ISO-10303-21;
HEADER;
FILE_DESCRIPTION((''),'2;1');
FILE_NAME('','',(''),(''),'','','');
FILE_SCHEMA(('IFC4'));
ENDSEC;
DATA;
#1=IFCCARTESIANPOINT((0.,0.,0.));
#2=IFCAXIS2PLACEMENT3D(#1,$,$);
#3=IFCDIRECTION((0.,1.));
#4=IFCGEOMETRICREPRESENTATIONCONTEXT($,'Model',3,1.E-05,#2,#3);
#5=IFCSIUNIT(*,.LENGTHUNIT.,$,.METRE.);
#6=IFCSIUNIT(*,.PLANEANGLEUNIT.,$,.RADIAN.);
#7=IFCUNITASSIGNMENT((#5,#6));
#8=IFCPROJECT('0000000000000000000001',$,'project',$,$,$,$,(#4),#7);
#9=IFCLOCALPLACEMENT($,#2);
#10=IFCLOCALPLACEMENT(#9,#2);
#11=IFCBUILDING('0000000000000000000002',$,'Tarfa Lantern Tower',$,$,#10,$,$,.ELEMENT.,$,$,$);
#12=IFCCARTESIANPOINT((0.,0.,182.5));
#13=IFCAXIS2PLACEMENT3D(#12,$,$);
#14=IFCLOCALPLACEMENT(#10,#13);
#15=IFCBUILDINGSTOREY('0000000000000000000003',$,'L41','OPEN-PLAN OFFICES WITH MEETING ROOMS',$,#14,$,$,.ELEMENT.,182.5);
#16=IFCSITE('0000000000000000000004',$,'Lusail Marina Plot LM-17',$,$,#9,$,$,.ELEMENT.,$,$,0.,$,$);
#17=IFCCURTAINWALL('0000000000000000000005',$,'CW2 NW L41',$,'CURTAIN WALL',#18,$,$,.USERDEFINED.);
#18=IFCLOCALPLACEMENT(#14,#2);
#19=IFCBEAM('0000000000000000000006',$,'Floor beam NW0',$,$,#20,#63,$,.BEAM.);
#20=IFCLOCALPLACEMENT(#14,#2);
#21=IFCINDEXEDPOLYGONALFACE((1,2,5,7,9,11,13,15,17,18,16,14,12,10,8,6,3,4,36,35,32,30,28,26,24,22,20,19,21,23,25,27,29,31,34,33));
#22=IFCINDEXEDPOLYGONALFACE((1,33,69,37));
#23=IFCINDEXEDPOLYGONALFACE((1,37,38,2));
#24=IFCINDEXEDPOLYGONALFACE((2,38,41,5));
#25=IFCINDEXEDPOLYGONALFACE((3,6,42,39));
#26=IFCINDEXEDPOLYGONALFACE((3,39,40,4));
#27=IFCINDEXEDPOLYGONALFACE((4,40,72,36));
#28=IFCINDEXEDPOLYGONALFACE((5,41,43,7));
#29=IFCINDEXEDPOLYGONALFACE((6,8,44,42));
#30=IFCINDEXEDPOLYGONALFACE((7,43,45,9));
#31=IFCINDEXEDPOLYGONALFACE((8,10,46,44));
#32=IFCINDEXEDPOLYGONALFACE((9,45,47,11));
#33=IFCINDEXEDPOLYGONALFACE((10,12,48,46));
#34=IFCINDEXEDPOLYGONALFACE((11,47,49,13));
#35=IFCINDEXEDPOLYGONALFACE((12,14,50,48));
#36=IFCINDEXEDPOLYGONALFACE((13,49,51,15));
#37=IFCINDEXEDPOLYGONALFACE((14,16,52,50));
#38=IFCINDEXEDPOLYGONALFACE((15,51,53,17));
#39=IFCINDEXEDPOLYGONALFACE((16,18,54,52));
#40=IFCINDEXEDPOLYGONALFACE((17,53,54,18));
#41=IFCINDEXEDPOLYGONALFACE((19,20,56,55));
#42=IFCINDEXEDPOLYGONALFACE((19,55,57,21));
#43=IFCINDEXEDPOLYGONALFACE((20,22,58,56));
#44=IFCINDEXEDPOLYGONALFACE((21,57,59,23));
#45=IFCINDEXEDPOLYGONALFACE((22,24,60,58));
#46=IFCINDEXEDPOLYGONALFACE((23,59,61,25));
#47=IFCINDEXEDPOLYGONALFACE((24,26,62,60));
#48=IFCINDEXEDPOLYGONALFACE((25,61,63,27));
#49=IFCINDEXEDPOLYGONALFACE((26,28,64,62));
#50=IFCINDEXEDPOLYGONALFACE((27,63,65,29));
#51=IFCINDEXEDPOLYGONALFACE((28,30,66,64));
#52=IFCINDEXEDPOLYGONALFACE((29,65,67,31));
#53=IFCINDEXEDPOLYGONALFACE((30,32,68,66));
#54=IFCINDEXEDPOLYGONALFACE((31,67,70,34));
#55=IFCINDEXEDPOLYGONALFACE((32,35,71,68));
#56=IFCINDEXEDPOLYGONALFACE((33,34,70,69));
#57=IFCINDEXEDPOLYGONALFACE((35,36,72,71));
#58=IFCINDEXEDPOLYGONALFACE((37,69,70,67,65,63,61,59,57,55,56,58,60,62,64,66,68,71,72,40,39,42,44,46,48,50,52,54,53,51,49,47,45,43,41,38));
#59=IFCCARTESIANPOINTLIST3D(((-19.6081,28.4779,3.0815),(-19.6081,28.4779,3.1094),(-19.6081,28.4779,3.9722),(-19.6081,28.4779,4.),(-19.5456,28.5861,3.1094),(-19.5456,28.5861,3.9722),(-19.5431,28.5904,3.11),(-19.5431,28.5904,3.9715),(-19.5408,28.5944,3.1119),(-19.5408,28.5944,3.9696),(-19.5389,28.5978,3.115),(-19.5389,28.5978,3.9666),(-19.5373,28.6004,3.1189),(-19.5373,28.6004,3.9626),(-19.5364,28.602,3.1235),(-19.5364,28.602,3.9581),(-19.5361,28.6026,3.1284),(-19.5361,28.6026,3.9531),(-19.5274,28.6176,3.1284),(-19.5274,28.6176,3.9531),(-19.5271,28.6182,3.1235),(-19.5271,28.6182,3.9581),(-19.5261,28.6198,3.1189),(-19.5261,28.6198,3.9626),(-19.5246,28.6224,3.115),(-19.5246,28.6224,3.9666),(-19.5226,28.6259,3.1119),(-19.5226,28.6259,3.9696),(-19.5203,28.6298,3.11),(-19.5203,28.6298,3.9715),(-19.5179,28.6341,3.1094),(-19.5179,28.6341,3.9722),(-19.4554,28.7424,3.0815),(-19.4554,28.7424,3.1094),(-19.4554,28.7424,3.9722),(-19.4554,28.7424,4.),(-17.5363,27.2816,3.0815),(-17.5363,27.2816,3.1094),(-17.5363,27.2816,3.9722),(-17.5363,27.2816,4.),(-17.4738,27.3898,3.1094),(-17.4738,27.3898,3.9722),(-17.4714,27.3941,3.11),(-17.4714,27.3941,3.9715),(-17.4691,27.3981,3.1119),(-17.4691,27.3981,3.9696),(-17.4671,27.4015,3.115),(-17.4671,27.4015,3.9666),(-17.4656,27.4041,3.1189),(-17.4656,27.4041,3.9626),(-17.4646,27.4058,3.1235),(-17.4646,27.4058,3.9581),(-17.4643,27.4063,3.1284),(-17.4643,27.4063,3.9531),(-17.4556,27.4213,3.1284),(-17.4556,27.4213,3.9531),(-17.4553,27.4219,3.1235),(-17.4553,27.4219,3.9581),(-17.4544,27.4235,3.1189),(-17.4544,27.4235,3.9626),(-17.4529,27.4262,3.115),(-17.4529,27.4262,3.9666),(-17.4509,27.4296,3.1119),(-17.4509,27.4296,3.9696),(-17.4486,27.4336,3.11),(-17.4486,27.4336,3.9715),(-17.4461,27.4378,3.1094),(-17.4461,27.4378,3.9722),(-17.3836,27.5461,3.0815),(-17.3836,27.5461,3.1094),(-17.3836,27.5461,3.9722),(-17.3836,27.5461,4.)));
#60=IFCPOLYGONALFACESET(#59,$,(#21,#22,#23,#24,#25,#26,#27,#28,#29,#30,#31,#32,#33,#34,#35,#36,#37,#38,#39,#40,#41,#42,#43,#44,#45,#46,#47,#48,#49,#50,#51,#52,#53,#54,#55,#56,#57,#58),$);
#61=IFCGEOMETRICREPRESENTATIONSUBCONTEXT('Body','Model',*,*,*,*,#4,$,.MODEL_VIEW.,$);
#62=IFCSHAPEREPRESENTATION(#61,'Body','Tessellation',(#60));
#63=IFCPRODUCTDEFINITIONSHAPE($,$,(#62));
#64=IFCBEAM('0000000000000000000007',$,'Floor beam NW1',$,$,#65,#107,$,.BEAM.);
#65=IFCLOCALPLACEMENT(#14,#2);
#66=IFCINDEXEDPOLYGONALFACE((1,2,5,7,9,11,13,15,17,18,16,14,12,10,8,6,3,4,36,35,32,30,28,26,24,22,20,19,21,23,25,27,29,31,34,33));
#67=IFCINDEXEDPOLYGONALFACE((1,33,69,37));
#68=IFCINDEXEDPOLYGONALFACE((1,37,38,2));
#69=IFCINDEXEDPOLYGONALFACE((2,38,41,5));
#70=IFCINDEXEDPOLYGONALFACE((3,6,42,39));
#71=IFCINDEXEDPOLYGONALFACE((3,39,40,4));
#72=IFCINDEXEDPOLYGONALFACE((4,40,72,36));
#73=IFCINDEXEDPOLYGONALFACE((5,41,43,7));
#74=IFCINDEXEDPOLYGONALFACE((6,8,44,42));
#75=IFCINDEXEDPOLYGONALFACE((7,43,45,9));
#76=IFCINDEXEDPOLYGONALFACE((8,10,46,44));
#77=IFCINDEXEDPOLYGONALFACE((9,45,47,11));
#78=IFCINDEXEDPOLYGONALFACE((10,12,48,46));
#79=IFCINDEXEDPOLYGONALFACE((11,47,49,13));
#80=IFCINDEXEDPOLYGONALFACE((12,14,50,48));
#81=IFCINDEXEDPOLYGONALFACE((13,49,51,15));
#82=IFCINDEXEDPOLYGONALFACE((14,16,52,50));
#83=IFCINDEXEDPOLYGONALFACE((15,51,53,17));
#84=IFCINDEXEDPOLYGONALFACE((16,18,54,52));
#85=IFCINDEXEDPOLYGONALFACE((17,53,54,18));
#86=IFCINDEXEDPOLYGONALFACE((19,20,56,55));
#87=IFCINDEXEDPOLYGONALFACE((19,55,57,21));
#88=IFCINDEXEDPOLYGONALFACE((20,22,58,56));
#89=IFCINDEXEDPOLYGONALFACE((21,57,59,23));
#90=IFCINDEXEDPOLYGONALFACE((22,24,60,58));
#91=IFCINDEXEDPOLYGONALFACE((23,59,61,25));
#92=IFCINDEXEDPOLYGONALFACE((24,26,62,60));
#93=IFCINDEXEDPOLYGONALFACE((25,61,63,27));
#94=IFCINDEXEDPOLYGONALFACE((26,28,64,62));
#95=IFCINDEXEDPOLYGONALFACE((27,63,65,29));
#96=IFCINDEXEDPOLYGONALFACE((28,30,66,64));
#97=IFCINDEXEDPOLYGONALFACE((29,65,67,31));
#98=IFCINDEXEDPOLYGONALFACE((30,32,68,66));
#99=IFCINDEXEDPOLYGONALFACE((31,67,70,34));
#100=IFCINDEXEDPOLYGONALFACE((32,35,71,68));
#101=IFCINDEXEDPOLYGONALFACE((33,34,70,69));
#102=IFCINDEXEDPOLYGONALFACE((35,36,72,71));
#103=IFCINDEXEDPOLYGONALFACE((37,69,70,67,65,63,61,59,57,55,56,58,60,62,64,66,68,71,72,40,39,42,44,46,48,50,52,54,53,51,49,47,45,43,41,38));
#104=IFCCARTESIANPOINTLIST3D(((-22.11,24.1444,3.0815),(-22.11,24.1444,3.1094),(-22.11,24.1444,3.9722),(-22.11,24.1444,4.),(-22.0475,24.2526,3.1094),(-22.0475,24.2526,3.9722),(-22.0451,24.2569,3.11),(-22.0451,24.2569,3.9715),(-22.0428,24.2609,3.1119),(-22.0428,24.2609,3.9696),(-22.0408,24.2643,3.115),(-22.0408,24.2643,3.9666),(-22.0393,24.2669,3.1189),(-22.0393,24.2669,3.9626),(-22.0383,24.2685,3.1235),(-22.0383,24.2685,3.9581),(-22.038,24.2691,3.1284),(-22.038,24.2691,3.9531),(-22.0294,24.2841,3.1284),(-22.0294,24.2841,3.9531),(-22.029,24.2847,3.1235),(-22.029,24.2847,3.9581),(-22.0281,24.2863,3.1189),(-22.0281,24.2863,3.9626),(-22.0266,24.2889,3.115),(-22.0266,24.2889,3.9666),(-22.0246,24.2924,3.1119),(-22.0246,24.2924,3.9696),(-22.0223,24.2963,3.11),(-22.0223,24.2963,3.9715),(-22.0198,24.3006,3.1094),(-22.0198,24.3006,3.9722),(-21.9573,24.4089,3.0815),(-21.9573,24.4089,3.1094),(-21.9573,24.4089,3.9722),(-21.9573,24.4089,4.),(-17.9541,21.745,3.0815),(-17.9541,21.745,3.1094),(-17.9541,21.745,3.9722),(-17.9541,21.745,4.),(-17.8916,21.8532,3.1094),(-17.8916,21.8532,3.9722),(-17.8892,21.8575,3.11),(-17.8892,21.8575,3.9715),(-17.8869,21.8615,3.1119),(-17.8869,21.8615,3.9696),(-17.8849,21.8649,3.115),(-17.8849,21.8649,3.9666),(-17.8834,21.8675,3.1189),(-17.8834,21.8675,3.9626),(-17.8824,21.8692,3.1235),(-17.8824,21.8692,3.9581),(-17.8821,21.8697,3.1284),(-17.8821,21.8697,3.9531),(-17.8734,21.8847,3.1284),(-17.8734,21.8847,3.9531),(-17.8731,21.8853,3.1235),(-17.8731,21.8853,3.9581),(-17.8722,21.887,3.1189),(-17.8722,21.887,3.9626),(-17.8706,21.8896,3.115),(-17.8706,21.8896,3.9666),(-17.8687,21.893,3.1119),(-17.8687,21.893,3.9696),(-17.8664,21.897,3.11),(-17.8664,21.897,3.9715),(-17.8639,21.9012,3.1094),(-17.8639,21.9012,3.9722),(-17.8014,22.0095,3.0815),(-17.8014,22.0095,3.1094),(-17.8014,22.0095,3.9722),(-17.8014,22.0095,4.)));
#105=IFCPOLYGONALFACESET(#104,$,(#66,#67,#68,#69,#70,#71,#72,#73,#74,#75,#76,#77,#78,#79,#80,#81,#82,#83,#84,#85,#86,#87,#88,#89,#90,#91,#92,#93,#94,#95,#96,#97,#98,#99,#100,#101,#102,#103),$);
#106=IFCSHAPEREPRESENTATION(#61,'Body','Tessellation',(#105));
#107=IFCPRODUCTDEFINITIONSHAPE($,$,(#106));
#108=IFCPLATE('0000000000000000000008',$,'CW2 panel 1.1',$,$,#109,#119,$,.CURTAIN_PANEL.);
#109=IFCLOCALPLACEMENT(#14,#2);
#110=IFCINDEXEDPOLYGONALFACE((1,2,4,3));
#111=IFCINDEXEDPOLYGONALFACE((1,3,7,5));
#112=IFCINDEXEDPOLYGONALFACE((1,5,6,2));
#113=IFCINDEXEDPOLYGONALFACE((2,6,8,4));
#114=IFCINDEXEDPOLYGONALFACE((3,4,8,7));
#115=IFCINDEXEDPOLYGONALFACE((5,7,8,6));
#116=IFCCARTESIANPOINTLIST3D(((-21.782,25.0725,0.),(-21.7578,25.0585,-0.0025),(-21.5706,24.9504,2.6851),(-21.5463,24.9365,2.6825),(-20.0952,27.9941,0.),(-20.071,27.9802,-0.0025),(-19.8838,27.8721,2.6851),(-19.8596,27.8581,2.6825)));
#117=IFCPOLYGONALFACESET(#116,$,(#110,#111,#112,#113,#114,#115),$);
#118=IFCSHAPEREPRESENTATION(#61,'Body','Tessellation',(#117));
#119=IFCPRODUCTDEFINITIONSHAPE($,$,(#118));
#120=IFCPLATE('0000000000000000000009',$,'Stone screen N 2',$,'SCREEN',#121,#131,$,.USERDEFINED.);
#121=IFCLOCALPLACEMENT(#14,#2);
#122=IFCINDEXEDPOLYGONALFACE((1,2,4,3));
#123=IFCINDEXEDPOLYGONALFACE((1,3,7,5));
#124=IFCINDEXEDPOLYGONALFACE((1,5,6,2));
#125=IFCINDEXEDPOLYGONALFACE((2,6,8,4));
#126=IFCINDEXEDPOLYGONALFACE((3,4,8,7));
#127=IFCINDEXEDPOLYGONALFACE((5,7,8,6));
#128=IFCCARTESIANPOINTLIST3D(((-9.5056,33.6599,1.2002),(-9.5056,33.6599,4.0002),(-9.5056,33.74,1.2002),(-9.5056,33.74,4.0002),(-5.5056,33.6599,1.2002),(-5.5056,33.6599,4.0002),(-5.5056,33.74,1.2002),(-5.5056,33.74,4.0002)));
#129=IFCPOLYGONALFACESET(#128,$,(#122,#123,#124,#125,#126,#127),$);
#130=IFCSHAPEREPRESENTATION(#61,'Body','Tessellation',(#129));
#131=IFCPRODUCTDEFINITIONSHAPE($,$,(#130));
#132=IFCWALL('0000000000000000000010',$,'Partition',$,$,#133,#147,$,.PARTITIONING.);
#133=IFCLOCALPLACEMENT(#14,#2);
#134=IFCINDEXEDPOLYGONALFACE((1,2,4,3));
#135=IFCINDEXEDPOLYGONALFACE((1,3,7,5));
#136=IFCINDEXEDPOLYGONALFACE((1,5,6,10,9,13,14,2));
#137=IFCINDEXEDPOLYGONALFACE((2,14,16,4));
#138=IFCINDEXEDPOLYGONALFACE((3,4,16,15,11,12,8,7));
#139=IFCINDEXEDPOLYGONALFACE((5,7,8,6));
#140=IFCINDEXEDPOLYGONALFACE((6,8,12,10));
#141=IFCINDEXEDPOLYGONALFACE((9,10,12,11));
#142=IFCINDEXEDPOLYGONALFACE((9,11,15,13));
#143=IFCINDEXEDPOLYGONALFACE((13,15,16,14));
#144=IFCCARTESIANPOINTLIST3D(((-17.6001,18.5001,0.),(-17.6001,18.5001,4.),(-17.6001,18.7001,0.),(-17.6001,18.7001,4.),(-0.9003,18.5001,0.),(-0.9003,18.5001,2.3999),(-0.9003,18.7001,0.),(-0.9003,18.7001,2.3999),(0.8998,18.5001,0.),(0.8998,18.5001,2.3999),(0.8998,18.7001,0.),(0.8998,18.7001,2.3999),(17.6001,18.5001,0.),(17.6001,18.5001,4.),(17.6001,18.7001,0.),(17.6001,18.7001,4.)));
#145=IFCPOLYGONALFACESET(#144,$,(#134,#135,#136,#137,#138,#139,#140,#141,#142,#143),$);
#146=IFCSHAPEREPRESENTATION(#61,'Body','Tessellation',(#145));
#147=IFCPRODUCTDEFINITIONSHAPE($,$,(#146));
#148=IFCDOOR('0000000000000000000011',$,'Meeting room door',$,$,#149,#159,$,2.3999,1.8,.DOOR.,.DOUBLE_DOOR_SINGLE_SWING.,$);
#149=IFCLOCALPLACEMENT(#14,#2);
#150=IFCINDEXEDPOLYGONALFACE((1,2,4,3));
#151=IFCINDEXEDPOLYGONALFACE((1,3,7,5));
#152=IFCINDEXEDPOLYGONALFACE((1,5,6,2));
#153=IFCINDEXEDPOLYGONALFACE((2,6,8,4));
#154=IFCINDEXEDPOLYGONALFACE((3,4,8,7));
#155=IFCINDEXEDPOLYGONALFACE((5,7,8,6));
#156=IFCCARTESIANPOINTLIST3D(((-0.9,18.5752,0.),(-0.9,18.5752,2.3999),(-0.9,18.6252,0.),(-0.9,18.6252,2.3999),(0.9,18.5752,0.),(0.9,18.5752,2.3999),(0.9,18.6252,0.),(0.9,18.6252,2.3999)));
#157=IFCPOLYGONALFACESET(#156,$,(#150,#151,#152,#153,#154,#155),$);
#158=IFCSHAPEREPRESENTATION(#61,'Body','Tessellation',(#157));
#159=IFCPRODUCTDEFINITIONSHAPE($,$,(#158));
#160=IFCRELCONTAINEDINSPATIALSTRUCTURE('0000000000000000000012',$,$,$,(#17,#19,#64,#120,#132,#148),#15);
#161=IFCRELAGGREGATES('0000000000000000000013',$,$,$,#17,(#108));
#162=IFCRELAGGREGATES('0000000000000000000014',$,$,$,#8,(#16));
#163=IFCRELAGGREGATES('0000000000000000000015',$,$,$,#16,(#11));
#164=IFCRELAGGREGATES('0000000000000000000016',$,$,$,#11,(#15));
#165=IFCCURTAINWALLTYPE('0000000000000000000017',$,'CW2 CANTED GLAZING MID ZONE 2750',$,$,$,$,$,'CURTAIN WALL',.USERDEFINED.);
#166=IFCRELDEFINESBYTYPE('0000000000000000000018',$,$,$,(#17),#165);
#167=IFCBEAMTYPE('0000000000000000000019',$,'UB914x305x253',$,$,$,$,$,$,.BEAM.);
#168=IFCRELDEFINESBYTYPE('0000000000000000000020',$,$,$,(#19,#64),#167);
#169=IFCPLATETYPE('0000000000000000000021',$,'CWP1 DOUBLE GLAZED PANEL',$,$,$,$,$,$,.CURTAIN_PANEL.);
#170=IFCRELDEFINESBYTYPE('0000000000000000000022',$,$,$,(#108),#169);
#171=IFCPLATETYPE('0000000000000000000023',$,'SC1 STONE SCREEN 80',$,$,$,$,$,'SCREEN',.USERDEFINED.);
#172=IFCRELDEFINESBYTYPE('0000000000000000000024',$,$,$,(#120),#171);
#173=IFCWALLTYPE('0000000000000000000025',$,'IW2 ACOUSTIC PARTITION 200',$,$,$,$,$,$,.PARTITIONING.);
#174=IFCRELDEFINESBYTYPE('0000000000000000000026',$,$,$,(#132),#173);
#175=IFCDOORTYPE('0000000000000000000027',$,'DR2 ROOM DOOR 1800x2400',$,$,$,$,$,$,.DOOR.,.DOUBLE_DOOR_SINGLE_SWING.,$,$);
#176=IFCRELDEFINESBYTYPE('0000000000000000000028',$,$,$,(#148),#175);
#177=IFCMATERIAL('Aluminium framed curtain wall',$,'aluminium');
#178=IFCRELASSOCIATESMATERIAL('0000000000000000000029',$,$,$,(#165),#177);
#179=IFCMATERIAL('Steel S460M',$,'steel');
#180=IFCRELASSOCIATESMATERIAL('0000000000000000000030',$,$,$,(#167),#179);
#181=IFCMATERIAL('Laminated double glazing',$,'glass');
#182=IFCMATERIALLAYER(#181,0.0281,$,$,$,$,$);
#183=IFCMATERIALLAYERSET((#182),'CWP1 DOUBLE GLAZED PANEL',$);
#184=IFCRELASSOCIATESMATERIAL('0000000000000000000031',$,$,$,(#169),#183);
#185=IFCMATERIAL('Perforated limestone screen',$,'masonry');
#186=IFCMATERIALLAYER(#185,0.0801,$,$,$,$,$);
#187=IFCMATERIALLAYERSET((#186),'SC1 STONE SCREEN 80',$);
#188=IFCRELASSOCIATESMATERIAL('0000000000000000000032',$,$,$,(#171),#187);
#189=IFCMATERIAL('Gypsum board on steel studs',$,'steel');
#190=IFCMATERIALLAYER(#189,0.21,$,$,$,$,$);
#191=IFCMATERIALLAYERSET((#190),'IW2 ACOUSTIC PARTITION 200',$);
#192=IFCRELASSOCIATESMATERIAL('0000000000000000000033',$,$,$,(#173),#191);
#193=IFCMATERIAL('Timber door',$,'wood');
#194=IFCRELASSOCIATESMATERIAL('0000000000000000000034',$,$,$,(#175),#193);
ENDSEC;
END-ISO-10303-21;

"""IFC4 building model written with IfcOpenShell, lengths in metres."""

from ifc_helpers import new_model, si_unit, direction, frame, frame_2d, origin, origin_2d, place, context, subcontext, project, spatial, polyline, rectangle, i_section, outline, extrude, material, layer, layer_set, material_profile, profile_set, type_object, element, fill, aggregate, save


model = new_model("IFC4")

# Units and contexts
model_context = context("Model", 3, precision=1e-05, world=origin(), true_north=direction((0.0, 1.0)))
body_context = subcontext(model_context, "Body", "Model", "MODEL_VIEW")
ifc_project = project(units=[si_unit("LENGTHUNIT", "METRE"), si_unit("PLANEANGLEUNIT", "RADIAN")], contexts=[model_context])

# Site, building, storey
site_placement = place(None, origin())
site = spatial("IfcSite", under=ifc_project, at=site_placement, Name="Lusail Marina Plot LM-17", CompositionType="ELEMENT", RefElevation=0.0)
building_placement = place(site_placement, origin())
building = spatial("IfcBuilding", under=site, at=building_placement, Name="Tarfa Lantern Tower", CompositionType="ELEMENT")
storey_placement = place(building_placement, frame((0.0, 0.0, 182.5)))
storey = spatial("IfcBuildingStorey", under=building, at=storey_placement, Name="L41", Description="OPEN-PLAN OFFICES WITH MEETING ROOMS", CompositionType="ELEMENT", Elevation=182.5)

# Curtain wall
ifc_material_1 = material(Name="Aluminium framed curtain wall", Category="aluminium")
curtain_wall_type = type_object("IfcCurtainWallType", Name="CW2 CANTED GLAZING MID ZONE 2750", ElementType="CURTAIN WALL", PredefinedType="USERDEFINED", material=ifc_material_1)
curtain_wall_placement = place(storey_placement, origin())
curtain_wall = element("IfcCurtainWall", 1, at=curtain_wall_placement, inside=storey, type_object=curtain_wall_type, Name="CW2 NW L41", ObjectType="CURTAIN WALL", PredefinedType="USERDEFINED")

# Beams
ifc_material_2 = material(Name="Steel S460M", Category="steel")
ifc_material_profile_1 = material_profile(ifc_material_2, i_section(OverallWidth=0.3054, OverallDepth=0.9185, WebThickness=0.0173, FlangeThickness=0.0278, FilletRadius=0.019, at=origin_2d()), Name="UB914x305x253")
ifc_profile_set_1 = profile_set([ifc_material_profile_1], Name="Steel S460M")
beam_type_1 = type_object("IfcBeamType", Name="UB914x305x253", PredefinedType="BEAM", material=ifc_profile_set_1)
beam_1_placement = place(storey_placement, frame((-19.5317, 28.6101, 3.5408), z_axis=(0.865999, -0.500046, 0.0), x_axis=(0.500046, 0.865999, 0.0)))
element("IfcBeam", 2, at=beam_1_placement, inside=storey, type_object=beam_type_1, Name="Floor beam NW0", PredefinedType="BEAM", context=body_context, shape_type="SweptSolid", body=[
    extrude(i_section(OverallWidth=0.3054, OverallDepth=0.9185, WebThickness=0.0173, FlangeThickness=0.0278, FilletRadius=0.019, at=origin_2d()), origin(), (0.0, 0.0, 1.0), 2.3923),
])
beam_2_placement = place(storey_placement, frame((-22.0337, 24.2766, 3.5408), z_axis=(0.866031, -0.499991, 0.0), x_axis=(0.499991, 0.866031, 0.0)))
element("IfcBeam", 3, at=beam_2_placement, inside=storey, type_object=beam_type_1, Name="Floor beam NW1", PredefinedType="BEAM", context=body_context, shape_type="SweptSolid", body=[
    extrude(i_section(OverallWidth=0.3054, OverallDepth=0.9185, WebThickness=0.0173, FlangeThickness=0.0278, FilletRadius=0.019, at=origin_2d()), origin(), (0.0, 0.0, 1.0), 4.7988),
])

# Plates
ifc_material_3 = material(Name="Laminated double glazing", Category="glass")
ifc_layer_1 = layer(ifc_material_3, 0.0281)
ifc_layer_set_1 = layer_set([ifc_layer_1], Name="CWP1 DOUBLE GLAZED PANEL")
plate_type_1 = type_object("IfcPlateType", Name="CWP1 DOUBLE GLAZED PANEL", PredefinedType="CURTAIN_PANEL", material=ifc_layer_set_1)
plate_1_placement = place(storey_placement, frame((-20.0952, 27.9941, 0.0), z_axis=(-0.862472, 0.497938, 0.09055), x_axis=(-0.499992, -0.86603, 0.0)))
plate_1 = element("IfcPlate", 4, at=plate_1_placement, type_object=plate_type_1, Name="CW2 panel 1.1", PredefinedType="CURTAIN_PANEL", context=body_context, shape_type="SweptSolid", body=[
    extrude(outline(polyline([(0.0, 0.0), (3.3736, 0.0), (3.3736, 2.6961), (0.0, 2.6961), (0.0, 0.0)])), origin(), (0.0, 0.0, -1.0), 0.0281),
])
aggregate(curtain_wall, [plate_1])
ifc_material_4 = material(Name="Perforated limestone screen", Category="masonry")
ifc_layer_2 = layer(ifc_material_4, 0.0801)
ifc_layer_set_2 = layer_set([ifc_layer_2], Name="SC1 STONE SCREEN 80")
plate_type_2 = type_object("IfcPlateType", Name="SC1 STONE SCREEN 80", ElementType="SCREEN", PredefinedType="USERDEFINED", material=ifc_layer_set_2)
plate_2_placement = place(storey_placement, frame((-7.5056, 33.7, 1.2002), z_axis=(0.0, 0.0, 1.0), x_axis=(-1.0, 0.0, 0.0)))
element("IfcPlate", 5, at=plate_2_placement, inside=storey, type_object=plate_type_2, Name="Stone screen N 2", ObjectType="SCREEN", PredefinedType="USERDEFINED", context=body_context, shape_type="SweptSolid", body=[
    extrude(rectangle(XDim=4.0, YDim=0.0801, at=origin_2d()), origin(), (0.0, 0.0, 1.0), 2.8),
])

# Wall, opening, door
ifc_material_5 = material(Name="Gypsum board on steel studs", Category="steel")
ifc_layer_3 = layer(ifc_material_5, 0.21)
ifc_layer_set_3 = layer_set([ifc_layer_3], Name="IW2 ACOUSTIC PARTITION 200")
wall_type = type_object("IfcWallType", Name="IW2 ACOUSTIC PARTITION 200", PredefinedType="PARTITIONING", material=ifc_layer_set_3)
wall_placement = place(storey_placement, frame((-17.6001, 18.6001, 0.0), z_axis=(0.0, 0.0, 1.0), x_axis=(1.0, 0.0, 0.0)))
wall = element("IfcWall", 6, at=wall_placement, inside=storey, type_object=wall_type, Name="Partition", PredefinedType="PARTITIONING", context=body_context, shape_type="SweptSolid", body=[
    extrude(rectangle(XDim=35.2002, YDim=0.2, at=frame_2d((17.6001, 0.0))), origin(), (0.0, 0.0, 1.0), 4.0),
])
opening_placement = place(wall_placement, frame((16.7, 0.0, 0.0)))
opening = element("IfcOpeningElement", 7, at=opening_placement, cuts=wall, PredefinedType="OPENING", context=body_context, shape_type="SweptSolid", body=[
    extrude(rectangle(XDim=1.8, YDim=2.3999, at=frame_2d((0.8999, 1.2))), frame((0.0, 0.1099, 0.0), z_axis=(0.0, -1.0, 0.0), x_axis=(1.0, 0.0, 0.0)), (0.0, 0.0, 1.0), 0.22),
])
ifc_material_6 = material(Name="Timber door", Category="wood")
door_type = type_object("IfcDoorType", Name="DR2 ROOM DOOR 1800x2400", OperationType="DOUBLE_DOOR_SINGLE_SWING", PredefinedType="DOOR", material=ifc_material_6)
door_placement = place(opening_placement, frame((1.8, 0.0, 0.0), z_axis=(0.0, 0.0, 1.0), x_axis=(-1.0, 0.0, 0.0)))
door = element("IfcDoor", 8, at=door_placement, inside=storey, type_object=door_type, Name="Meeting room door", OperationType="DOUBLE_DOOR_SINGLE_SWING", OverallHeight=2.3999, OverallWidth=1.8, PredefinedType="DOOR", context=body_context, shape_type="SweptSolid", body=[
    extrude(rectangle(XDim=1.8, YDim=2.3999, at=frame_2d((0.8999, 1.2))), frame((0.0, 0.0249, 0.0), z_axis=(0.0, -1.0, 0.0), x_axis=(1.0, 0.0, 0.0)), (0.0, 0.0, 1.0), 0.05),
])
fill(opening, door)

save(model, "model.ifc")
